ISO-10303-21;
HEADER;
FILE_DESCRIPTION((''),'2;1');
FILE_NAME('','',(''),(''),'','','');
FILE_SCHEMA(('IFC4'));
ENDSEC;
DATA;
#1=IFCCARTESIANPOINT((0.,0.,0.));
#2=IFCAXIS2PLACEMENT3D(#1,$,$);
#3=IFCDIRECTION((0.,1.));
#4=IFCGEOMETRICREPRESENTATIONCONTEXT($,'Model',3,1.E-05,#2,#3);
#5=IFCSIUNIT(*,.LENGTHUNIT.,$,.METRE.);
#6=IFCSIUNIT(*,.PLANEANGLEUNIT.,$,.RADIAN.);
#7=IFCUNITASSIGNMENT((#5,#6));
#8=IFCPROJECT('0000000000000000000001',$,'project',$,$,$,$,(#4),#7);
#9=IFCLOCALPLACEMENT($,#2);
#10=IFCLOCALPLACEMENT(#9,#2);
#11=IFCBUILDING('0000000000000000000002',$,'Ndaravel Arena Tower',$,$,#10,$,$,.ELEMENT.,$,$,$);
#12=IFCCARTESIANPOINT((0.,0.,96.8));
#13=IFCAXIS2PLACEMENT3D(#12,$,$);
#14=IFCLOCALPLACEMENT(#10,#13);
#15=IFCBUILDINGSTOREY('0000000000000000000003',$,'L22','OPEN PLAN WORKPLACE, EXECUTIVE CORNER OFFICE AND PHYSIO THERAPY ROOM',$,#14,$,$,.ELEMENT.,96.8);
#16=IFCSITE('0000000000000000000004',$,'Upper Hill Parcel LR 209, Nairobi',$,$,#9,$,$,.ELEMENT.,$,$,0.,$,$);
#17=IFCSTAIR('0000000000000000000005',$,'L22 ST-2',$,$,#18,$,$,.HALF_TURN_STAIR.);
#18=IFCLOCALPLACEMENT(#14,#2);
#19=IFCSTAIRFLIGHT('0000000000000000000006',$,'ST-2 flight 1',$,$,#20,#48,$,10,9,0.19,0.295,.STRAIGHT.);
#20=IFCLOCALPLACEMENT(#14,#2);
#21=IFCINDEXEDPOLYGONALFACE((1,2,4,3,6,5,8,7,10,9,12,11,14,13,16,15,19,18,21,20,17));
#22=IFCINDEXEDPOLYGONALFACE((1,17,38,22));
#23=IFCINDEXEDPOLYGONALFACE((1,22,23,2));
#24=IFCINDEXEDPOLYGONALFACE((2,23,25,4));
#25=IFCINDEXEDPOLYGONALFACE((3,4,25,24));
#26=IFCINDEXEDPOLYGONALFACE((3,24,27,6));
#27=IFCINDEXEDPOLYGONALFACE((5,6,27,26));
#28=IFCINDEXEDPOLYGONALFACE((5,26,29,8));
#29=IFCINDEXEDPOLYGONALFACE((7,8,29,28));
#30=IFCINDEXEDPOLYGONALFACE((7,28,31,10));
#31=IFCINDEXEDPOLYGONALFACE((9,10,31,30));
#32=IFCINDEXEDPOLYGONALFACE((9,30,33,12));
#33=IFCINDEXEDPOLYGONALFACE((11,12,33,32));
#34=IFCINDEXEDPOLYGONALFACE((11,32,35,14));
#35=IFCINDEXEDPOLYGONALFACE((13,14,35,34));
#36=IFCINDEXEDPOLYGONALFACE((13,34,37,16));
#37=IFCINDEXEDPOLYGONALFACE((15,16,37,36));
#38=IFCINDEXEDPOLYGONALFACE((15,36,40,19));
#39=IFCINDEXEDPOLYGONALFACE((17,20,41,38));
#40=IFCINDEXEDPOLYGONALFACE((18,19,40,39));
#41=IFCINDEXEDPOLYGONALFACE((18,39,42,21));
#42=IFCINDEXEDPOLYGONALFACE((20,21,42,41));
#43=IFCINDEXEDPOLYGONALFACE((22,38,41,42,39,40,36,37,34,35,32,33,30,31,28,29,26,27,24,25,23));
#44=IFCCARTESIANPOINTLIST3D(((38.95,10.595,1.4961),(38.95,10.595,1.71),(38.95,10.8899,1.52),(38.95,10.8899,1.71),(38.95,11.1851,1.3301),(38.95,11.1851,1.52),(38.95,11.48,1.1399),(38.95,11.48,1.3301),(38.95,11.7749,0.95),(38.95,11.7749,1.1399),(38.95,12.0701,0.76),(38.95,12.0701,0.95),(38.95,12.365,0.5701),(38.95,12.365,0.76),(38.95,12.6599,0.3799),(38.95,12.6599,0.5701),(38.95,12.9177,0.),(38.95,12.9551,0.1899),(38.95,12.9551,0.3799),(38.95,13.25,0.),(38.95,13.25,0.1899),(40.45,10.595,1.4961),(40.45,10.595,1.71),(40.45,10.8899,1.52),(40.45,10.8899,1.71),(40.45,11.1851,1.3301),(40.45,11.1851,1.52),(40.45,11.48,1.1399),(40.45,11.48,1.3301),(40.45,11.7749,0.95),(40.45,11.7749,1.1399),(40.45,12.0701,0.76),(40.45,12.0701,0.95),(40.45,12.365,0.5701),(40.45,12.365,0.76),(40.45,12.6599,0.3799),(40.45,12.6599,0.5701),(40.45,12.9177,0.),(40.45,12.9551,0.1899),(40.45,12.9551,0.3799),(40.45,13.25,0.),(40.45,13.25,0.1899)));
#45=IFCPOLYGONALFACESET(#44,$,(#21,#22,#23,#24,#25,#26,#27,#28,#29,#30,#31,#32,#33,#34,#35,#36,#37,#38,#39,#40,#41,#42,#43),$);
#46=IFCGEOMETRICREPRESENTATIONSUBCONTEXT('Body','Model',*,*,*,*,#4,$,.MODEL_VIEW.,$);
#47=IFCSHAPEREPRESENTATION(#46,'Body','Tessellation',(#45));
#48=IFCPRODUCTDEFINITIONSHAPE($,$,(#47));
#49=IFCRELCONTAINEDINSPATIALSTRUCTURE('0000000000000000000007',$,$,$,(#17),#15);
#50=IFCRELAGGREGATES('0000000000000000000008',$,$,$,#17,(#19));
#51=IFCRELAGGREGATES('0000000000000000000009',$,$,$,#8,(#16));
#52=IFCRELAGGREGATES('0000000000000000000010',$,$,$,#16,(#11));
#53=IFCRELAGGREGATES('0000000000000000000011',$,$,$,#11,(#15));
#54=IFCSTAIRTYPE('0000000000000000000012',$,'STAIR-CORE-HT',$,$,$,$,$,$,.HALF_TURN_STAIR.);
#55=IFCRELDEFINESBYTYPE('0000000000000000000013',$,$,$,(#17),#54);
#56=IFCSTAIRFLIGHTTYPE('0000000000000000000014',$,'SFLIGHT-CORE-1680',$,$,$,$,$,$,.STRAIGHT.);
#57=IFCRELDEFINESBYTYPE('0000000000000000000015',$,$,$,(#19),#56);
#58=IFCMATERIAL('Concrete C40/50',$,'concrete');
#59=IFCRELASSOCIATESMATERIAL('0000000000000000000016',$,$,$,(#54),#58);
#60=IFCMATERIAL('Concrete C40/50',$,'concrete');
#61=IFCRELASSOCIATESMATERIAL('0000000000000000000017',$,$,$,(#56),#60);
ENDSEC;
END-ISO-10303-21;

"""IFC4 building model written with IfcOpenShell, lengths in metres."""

from ifc_helpers import new_model, si_unit, direction, frame, origin, place, context, subcontext, project, spatial, polyline, outline, extrude, material, type_object, element, aggregate, save


model = new_model("IFC4")

# Units and contexts
model_context = context("Model", 3, precision=1e-05, world=origin(), true_north=direction((0.0, 1.0)))
body_context = subcontext(model_context, "Body", "Model", "MODEL_VIEW")
ifc_project = project(units=[si_unit("LENGTHUNIT", "METRE"), si_unit("PLANEANGLEUNIT", "RADIAN")], contexts=[model_context])

# Site, building, storey
site_placement = place(None, origin())
site = spatial("IfcSite", under=ifc_project, at=site_placement, Name="Upper Hill Parcel LR 209, Nairobi", CompositionType="ELEMENT", RefElevation=0.0)
building_placement = place(site_placement, origin())
building = spatial("IfcBuilding", under=site, at=building_placement, Name="Ndaravel Arena Tower", CompositionType="ELEMENT")
storey_placement = place(building_placement, frame((0.0, 0.0, 96.8)))
storey = spatial("IfcBuildingStorey", under=building, at=storey_placement, Name="L22", Description="OPEN PLAN WORKPLACE, EXECUTIVE CORNER OFFICE AND PHYSIO THERAPY ROOM", CompositionType="ELEMENT", Elevation=96.8)

# Stair, stair flight
ifc_material_1 = material(Name="Concrete C40/50", Category="concrete")
stair_type = type_object("IfcStairType", Name="STAIR-CORE-HT", PredefinedType="HALF_TURN_STAIR", material=ifc_material_1)
stair_placement = place(storey_placement, origin())
stair = element("IfcStair", 1, at=stair_placement, inside=storey, type_object=stair_type, Name="L22 ST-2", PredefinedType="HALF_TURN_STAIR")
ifc_material_2 = material(Name="Concrete C40/50", Category="concrete")
stair_flight_type = type_object("IfcStairFlightType", Name="SFLIGHT-CORE-1680", PredefinedType="STRAIGHT", material=ifc_material_2)
stair_flight_placement = place(storey_placement, frame((39.7, 13.25, 0.0), z_axis=(0.0, 0.0, 1.0), x_axis=(0.0, -1.0, 0.0)))
stair_flight = element("IfcStairFlight", 2, at=stair_flight_placement, type_object=stair_flight_type, Name="ST-2 flight 1", NumberOfRisers=10, NumberOfTreads=9, PredefinedType="STRAIGHT", RiserHeight=0.19, TreadLength=0.295, context=body_context, shape_type="SweptSolid", body=[
    extrude(outline(polyline([(0.0, 0.0), (0.0, 0.1899), (0.2949, 0.1899), (0.2949, 0.3799), (0.5901, 0.3799), (0.5901, 0.5701), (0.885, 0.5701), (0.885, 0.76), (1.1799, 0.76), (1.1799, 0.95), (1.4751, 0.95), (1.4751, 1.1399), (1.77, 1.1399), (1.77, 1.3301), (2.0649, 1.3301), (2.0649, 1.52), (2.3601, 1.52), (2.3601, 1.71), (2.655, 1.71), (2.655, 1.8999), (2.655, 1.4961), (0.3323, 0.0), (0.0, 0.0)])), frame((0.0, 0.75, 0.0), z_axis=(0.0, -1.0, 0.0), x_axis=(1.0, 0.0, 0.0)), (0.0, 0.0, 1.0), 1.5),
])
aggregate(stair, [stair_flight])

save(model, "model.ifc")
